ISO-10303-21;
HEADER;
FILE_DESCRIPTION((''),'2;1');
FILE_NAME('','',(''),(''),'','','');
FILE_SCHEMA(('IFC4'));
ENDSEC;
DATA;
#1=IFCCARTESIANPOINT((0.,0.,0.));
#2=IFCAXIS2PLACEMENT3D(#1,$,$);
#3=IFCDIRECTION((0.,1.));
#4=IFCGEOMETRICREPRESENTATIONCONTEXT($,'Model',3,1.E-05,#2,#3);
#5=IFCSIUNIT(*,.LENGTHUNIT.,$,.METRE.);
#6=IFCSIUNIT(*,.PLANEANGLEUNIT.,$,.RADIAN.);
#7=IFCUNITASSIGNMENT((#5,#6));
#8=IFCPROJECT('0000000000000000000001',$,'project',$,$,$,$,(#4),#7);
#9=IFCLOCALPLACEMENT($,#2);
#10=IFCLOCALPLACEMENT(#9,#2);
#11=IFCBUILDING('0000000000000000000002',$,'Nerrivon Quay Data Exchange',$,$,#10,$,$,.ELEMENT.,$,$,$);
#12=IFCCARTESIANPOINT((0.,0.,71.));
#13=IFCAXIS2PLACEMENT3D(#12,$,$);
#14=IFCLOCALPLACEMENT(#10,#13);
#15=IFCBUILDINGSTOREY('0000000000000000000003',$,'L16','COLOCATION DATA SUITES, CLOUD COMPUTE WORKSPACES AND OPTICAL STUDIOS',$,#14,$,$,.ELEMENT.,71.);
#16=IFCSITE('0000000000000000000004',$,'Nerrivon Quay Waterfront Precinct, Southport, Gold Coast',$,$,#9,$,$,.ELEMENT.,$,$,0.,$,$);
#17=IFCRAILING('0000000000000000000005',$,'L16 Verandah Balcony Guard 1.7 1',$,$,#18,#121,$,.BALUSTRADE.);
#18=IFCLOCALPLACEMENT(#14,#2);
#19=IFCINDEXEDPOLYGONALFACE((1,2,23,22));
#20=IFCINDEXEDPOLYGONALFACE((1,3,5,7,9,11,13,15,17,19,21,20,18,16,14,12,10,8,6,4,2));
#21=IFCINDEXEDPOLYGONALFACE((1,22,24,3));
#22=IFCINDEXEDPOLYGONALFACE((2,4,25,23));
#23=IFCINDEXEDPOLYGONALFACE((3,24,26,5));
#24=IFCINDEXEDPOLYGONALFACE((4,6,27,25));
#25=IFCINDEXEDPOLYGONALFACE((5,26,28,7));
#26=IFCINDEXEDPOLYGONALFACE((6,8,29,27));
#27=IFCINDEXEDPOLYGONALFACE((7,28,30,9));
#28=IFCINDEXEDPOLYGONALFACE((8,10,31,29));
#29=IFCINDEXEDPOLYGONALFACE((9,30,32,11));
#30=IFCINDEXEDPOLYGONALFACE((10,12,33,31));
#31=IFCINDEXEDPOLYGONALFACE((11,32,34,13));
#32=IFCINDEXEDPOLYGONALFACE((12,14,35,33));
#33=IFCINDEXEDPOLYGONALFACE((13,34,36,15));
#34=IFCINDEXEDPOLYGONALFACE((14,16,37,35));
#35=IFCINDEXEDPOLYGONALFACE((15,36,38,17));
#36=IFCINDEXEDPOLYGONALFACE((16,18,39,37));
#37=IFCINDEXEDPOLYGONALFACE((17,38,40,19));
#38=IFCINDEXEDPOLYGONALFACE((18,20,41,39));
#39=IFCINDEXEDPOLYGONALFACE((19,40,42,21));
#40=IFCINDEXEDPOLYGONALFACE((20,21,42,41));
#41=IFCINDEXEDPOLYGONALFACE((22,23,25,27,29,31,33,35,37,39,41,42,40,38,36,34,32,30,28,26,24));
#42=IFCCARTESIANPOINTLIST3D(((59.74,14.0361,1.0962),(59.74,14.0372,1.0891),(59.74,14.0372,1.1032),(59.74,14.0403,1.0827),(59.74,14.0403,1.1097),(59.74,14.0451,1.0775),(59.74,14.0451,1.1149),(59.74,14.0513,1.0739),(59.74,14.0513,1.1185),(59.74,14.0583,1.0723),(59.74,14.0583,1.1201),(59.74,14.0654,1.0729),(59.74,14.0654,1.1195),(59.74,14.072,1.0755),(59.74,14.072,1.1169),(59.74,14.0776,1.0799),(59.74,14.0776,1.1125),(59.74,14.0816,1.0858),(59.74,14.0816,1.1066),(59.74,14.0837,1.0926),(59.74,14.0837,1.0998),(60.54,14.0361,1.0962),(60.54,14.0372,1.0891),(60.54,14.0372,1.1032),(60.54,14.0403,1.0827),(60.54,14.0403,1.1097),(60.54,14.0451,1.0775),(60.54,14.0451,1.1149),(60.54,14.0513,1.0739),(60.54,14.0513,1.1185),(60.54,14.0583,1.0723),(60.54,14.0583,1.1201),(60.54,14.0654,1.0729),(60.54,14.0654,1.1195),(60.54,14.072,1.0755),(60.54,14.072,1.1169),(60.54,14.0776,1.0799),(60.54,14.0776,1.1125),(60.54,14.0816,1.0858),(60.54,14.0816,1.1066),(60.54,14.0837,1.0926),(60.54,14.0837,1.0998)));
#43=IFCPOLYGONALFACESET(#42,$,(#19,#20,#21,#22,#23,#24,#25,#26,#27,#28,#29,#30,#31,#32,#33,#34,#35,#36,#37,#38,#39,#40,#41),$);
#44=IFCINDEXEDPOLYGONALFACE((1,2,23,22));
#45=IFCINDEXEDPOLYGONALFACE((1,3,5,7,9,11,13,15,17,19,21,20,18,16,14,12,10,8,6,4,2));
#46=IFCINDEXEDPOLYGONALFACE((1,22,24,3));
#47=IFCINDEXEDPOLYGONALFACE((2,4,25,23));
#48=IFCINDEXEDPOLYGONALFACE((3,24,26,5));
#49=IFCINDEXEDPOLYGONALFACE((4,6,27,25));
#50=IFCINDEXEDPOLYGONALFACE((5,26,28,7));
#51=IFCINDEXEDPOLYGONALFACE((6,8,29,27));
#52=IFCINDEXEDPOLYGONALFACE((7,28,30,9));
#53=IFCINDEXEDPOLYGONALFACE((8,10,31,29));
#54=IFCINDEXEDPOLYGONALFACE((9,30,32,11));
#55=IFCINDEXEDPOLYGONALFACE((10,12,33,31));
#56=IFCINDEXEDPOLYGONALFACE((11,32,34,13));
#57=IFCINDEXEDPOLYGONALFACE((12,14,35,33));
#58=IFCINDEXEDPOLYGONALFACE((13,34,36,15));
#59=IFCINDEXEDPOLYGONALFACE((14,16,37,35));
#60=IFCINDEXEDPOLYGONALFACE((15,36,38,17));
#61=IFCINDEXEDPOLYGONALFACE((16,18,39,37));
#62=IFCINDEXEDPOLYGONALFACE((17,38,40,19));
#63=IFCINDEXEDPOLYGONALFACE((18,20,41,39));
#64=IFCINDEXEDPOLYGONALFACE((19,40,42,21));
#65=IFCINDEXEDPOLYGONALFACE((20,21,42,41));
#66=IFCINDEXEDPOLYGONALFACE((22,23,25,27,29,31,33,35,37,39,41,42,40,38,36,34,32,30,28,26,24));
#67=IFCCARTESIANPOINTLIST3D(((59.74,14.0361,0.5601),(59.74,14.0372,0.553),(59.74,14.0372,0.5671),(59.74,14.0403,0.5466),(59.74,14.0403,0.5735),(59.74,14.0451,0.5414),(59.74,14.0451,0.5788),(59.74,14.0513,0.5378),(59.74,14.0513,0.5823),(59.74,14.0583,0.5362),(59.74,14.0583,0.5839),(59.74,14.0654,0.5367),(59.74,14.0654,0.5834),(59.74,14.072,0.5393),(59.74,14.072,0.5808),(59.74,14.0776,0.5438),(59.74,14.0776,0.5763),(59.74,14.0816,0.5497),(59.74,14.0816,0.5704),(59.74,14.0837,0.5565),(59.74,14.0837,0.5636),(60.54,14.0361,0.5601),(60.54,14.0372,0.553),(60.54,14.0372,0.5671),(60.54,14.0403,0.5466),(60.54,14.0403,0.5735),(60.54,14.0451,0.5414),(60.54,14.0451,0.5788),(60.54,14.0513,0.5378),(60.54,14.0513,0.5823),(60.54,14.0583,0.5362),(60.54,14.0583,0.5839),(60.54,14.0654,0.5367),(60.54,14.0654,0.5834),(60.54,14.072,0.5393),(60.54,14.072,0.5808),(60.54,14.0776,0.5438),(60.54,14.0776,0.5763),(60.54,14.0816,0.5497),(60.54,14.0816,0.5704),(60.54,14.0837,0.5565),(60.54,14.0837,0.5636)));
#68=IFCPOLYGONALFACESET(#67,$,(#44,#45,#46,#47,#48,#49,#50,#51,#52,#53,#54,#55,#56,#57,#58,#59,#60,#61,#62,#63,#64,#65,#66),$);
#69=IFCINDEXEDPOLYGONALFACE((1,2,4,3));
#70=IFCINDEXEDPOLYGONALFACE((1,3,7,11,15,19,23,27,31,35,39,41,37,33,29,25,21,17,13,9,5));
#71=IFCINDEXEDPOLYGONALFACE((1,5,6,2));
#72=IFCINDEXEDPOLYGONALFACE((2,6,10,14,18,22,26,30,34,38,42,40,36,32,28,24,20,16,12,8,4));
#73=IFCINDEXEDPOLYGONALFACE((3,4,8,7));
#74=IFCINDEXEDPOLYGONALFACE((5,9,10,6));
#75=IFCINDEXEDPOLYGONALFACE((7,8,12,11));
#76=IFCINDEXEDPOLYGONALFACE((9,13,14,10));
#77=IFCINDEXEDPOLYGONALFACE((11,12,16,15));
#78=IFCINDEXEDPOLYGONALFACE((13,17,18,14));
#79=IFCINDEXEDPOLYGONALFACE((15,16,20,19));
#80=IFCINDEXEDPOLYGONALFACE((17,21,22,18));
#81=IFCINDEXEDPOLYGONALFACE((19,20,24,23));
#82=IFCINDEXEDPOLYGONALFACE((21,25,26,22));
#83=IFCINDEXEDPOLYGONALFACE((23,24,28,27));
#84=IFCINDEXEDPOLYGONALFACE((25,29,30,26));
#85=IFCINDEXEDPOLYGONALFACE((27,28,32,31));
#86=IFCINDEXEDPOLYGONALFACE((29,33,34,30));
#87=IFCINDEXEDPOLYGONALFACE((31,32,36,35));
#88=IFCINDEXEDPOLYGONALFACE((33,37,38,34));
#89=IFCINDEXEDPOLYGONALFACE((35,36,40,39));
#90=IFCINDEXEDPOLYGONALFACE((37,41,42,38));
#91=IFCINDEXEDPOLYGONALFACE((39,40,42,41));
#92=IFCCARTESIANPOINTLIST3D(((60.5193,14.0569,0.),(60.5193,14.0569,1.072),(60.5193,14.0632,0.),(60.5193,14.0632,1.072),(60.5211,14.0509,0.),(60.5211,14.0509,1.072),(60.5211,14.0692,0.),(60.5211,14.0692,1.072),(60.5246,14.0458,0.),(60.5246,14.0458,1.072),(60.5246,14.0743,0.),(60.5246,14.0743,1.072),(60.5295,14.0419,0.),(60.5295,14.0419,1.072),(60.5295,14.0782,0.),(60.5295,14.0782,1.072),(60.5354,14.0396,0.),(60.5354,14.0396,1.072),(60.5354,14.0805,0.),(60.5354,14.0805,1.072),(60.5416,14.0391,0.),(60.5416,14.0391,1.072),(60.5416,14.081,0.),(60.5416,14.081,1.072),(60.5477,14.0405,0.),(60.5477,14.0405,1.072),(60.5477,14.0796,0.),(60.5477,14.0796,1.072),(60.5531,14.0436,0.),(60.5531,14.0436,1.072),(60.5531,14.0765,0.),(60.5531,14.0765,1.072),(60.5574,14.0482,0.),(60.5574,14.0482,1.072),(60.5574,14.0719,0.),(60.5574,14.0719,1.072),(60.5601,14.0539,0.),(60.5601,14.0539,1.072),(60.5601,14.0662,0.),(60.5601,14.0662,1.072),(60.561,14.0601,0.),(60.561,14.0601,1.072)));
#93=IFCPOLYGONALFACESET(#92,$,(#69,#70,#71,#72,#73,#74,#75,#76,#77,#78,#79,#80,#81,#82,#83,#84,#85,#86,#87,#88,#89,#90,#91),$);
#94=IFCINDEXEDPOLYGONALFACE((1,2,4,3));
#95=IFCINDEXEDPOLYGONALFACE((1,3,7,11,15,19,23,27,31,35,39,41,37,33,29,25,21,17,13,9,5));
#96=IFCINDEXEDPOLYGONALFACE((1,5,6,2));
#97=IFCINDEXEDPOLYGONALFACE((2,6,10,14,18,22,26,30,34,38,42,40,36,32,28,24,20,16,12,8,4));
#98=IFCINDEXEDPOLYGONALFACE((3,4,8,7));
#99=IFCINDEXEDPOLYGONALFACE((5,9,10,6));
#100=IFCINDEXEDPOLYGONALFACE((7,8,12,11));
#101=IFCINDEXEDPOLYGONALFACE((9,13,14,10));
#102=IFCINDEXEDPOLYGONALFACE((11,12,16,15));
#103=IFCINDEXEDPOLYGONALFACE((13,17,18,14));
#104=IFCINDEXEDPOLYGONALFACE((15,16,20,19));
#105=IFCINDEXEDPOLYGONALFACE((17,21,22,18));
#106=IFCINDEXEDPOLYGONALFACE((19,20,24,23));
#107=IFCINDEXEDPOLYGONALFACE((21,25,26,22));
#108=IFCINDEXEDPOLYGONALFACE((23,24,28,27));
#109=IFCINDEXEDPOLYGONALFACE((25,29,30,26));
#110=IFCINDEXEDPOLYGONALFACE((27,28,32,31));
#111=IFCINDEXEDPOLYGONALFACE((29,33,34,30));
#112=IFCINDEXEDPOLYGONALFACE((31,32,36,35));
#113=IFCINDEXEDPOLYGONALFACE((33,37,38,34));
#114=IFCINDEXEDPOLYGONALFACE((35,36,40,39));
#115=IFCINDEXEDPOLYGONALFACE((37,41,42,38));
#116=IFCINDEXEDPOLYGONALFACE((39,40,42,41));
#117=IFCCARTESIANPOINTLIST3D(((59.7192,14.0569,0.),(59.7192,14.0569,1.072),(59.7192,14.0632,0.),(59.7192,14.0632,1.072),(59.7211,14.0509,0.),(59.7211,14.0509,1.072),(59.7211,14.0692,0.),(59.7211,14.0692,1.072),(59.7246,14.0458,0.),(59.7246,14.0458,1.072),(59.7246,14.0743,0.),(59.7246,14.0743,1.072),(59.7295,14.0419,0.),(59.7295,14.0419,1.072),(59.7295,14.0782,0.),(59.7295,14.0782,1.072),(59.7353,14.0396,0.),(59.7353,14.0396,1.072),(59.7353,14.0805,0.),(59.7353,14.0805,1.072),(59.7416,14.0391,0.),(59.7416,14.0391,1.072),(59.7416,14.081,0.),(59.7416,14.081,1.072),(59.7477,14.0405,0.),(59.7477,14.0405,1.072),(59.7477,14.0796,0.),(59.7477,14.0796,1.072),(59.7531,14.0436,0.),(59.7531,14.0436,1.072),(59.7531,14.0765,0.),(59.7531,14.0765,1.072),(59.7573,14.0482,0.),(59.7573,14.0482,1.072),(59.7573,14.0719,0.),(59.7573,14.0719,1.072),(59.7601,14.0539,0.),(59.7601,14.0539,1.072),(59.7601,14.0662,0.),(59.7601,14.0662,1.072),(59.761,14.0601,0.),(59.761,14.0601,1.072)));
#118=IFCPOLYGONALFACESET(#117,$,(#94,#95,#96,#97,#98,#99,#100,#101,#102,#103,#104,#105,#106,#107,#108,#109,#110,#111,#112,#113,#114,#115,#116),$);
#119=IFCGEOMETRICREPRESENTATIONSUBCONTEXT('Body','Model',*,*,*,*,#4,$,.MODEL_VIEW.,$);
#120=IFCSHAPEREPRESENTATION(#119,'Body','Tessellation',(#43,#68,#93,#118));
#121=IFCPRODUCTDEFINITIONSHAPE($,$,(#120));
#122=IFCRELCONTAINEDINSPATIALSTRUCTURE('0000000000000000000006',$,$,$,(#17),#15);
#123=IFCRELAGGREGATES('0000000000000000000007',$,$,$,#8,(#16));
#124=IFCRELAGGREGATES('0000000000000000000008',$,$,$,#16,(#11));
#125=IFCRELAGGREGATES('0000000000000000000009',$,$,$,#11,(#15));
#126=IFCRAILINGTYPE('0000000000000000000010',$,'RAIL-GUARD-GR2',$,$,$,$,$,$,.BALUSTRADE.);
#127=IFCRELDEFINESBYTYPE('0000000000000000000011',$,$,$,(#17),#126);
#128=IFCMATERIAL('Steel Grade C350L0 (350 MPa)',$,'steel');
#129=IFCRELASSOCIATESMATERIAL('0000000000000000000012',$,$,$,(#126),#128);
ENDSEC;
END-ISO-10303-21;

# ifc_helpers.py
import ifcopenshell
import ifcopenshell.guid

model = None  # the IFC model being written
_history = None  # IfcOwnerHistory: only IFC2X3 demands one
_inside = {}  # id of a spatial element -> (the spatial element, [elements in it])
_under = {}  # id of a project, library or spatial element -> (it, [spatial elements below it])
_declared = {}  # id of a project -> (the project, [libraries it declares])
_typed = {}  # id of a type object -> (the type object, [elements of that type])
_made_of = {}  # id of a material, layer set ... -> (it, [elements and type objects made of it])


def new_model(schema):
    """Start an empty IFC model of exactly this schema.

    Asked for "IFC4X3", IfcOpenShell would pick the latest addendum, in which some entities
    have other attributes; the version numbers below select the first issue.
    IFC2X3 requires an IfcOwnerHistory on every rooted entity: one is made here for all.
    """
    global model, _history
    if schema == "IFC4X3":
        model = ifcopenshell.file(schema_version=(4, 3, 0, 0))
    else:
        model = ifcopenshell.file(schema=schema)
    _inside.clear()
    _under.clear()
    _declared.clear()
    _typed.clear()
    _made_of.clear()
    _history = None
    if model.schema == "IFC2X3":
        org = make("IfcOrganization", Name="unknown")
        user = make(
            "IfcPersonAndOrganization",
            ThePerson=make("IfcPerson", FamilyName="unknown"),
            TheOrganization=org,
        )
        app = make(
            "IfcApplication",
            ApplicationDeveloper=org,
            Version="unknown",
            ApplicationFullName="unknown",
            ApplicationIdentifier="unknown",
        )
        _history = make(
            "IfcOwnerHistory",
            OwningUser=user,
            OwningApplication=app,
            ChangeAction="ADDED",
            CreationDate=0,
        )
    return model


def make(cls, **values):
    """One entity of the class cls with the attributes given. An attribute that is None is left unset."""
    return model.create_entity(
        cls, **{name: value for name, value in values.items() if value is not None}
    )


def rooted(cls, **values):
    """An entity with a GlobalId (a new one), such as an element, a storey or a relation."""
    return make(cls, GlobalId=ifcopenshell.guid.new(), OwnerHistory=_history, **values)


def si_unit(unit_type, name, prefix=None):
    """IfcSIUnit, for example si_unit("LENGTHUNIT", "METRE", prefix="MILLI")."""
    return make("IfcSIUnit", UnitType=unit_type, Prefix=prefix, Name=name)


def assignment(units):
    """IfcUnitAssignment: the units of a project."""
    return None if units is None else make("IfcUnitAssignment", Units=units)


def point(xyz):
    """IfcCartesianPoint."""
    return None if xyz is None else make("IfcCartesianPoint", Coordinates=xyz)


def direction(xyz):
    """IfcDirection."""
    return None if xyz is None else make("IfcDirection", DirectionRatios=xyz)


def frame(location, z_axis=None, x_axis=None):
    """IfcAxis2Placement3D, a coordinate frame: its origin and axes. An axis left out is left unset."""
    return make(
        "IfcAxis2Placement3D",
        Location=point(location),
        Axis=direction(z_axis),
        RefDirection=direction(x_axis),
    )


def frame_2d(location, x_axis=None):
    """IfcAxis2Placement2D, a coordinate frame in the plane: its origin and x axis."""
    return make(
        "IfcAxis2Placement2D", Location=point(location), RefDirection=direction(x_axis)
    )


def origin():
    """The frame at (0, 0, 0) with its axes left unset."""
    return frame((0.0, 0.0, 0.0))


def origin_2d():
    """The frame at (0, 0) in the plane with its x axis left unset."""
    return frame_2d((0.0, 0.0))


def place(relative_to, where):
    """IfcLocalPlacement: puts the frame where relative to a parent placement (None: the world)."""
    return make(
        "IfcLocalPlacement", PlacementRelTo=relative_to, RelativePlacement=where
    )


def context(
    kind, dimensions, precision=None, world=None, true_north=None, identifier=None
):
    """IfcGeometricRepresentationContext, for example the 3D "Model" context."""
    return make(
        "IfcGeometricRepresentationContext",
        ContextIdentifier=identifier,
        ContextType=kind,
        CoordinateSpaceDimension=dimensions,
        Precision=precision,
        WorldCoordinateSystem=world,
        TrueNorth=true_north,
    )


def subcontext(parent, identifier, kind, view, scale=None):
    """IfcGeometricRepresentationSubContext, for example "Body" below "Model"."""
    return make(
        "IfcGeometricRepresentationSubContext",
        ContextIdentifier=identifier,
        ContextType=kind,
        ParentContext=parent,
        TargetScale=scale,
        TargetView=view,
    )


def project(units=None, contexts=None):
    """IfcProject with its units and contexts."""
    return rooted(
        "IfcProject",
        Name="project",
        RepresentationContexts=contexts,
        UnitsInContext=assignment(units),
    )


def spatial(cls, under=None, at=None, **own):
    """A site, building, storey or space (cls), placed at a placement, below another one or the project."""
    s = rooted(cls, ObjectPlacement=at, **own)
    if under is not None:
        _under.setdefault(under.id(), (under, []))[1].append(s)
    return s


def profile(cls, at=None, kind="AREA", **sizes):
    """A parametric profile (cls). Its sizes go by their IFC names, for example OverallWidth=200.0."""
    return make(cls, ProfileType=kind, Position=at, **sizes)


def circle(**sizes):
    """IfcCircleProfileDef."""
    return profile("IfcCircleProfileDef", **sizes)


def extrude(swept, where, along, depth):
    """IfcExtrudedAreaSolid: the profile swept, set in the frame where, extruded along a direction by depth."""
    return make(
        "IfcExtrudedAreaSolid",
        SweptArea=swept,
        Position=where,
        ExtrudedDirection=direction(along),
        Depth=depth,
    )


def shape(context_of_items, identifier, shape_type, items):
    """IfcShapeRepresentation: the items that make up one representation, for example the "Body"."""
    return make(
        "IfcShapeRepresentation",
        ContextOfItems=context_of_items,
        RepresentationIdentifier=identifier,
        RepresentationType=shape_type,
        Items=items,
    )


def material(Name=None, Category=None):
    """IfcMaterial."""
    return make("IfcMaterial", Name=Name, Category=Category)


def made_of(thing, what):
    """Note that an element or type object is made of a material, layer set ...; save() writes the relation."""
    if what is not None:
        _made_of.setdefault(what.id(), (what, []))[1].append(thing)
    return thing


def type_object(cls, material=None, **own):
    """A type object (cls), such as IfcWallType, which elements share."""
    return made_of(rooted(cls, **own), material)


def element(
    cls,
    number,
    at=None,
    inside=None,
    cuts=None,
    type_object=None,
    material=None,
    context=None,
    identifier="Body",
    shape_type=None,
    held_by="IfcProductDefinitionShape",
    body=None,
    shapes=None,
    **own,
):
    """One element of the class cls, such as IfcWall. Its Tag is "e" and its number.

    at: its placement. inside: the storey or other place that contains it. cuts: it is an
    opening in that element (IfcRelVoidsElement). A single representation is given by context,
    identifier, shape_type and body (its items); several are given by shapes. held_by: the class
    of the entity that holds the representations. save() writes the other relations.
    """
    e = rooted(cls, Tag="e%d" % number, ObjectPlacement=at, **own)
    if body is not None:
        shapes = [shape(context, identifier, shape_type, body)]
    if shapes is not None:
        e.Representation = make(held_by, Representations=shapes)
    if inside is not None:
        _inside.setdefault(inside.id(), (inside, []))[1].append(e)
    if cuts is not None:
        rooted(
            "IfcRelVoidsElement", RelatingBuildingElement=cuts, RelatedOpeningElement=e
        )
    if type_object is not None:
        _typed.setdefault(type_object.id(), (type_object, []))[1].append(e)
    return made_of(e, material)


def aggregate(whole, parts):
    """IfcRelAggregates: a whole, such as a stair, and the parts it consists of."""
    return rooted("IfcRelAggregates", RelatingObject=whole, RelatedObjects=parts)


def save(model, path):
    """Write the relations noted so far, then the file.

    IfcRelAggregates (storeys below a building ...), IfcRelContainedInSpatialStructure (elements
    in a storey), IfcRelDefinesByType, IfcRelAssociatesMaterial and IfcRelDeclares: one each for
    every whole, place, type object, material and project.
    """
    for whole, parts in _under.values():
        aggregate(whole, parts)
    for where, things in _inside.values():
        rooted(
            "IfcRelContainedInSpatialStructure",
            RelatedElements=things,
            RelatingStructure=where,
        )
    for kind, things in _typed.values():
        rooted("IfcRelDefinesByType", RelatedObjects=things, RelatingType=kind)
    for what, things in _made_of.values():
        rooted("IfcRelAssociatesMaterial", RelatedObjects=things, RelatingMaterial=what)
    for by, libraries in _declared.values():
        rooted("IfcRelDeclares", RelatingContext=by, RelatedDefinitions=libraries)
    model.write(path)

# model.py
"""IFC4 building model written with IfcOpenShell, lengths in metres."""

from ifc_helpers import new_model, si_unit, direction, frame, origin, origin_2d, place, context, subcontext, project, spatial, circle, extrude, material, type_object, element, save


model = new_model("IFC4")

# Units and contexts
model_context = context("Model", 3, precision=1e-05, world=origin(), true_north=direction((0.0, 1.0)))
body_context = subcontext(model_context, "Body", "Model", "MODEL_VIEW")
ifc_project = project(units=[si_unit("LENGTHUNIT", "METRE"), si_unit("PLANEANGLEUNIT", "RADIAN")], contexts=[model_context])

# Site, building, storey
site_placement = place(None, origin())
site = spatial("IfcSite", under=ifc_project, at=site_placement, Name="Nerrivon Quay Waterfront Precinct, Southport, Gold Coast", CompositionType="ELEMENT", RefElevation=0.0)
building_placement = place(site_placement, origin())
building = spatial("IfcBuilding", under=site, at=building_placement, Name="Nerrivon Quay Data Exchange", CompositionType="ELEMENT")
storey_placement = place(building_placement, frame((0.0, 0.0, 71.0)))
storey = spatial("IfcBuildingStorey", under=building, at=storey_placement, Name="L16", Description="COLOCATION DATA SUITES, CLOUD COMPUTE WORKSPACES AND OPTICAL STUDIOS", CompositionType="ELEMENT", Elevation=71.0)

# Railing
ifc_material_1 = material(Name="Steel Grade C350L0 (350 MPa)", Category="steel")
railing_type = type_object("IfcRailingType", Name="RAIL-GUARD-GR2", PredefinedType="BALUSTRADE", material=ifc_material_1)
railing_1_placement = place(storey_placement, frame((60.54, 14.0601, 0.0)))
element("IfcRailing", 1, at=railing_1_placement, inside=storey, type_object=railing_type, Name="L16 Verandah Balcony Guard 1.7 1", PredefinedType="BALUSTRADE", context=body_context, shape_type="SweptSolid", body=[
    extrude(circle(Radius=0.0239, at=origin_2d()), frame((0.0, 0.0, 1.0962), z_axis=(-1.0, 0.0, 0.0), x_axis=(0.0, -1.0, 0.0)), (0.0, 0.0, 1.0), 0.8),
    extrude(circle(Radius=0.0239, at=origin_2d()), frame((0.0, 0.0, 0.5601), z_axis=(-1.0, 0.0, 0.0), x_axis=(0.0, -1.0, 0.0)), (0.0, 0.0, 1.0), 0.8),
    extrude(circle(Radius=0.021, at=origin_2d()), origin(), (0.0, 0.0, 1.0), 1.072),
    extrude(circle(Radius=0.021, at=origin_2d()), frame((-0.8, 0.0, 0.0)), (0.0, 0.0, 1.0), 1.072),
])

save(model, "model.ifc")
